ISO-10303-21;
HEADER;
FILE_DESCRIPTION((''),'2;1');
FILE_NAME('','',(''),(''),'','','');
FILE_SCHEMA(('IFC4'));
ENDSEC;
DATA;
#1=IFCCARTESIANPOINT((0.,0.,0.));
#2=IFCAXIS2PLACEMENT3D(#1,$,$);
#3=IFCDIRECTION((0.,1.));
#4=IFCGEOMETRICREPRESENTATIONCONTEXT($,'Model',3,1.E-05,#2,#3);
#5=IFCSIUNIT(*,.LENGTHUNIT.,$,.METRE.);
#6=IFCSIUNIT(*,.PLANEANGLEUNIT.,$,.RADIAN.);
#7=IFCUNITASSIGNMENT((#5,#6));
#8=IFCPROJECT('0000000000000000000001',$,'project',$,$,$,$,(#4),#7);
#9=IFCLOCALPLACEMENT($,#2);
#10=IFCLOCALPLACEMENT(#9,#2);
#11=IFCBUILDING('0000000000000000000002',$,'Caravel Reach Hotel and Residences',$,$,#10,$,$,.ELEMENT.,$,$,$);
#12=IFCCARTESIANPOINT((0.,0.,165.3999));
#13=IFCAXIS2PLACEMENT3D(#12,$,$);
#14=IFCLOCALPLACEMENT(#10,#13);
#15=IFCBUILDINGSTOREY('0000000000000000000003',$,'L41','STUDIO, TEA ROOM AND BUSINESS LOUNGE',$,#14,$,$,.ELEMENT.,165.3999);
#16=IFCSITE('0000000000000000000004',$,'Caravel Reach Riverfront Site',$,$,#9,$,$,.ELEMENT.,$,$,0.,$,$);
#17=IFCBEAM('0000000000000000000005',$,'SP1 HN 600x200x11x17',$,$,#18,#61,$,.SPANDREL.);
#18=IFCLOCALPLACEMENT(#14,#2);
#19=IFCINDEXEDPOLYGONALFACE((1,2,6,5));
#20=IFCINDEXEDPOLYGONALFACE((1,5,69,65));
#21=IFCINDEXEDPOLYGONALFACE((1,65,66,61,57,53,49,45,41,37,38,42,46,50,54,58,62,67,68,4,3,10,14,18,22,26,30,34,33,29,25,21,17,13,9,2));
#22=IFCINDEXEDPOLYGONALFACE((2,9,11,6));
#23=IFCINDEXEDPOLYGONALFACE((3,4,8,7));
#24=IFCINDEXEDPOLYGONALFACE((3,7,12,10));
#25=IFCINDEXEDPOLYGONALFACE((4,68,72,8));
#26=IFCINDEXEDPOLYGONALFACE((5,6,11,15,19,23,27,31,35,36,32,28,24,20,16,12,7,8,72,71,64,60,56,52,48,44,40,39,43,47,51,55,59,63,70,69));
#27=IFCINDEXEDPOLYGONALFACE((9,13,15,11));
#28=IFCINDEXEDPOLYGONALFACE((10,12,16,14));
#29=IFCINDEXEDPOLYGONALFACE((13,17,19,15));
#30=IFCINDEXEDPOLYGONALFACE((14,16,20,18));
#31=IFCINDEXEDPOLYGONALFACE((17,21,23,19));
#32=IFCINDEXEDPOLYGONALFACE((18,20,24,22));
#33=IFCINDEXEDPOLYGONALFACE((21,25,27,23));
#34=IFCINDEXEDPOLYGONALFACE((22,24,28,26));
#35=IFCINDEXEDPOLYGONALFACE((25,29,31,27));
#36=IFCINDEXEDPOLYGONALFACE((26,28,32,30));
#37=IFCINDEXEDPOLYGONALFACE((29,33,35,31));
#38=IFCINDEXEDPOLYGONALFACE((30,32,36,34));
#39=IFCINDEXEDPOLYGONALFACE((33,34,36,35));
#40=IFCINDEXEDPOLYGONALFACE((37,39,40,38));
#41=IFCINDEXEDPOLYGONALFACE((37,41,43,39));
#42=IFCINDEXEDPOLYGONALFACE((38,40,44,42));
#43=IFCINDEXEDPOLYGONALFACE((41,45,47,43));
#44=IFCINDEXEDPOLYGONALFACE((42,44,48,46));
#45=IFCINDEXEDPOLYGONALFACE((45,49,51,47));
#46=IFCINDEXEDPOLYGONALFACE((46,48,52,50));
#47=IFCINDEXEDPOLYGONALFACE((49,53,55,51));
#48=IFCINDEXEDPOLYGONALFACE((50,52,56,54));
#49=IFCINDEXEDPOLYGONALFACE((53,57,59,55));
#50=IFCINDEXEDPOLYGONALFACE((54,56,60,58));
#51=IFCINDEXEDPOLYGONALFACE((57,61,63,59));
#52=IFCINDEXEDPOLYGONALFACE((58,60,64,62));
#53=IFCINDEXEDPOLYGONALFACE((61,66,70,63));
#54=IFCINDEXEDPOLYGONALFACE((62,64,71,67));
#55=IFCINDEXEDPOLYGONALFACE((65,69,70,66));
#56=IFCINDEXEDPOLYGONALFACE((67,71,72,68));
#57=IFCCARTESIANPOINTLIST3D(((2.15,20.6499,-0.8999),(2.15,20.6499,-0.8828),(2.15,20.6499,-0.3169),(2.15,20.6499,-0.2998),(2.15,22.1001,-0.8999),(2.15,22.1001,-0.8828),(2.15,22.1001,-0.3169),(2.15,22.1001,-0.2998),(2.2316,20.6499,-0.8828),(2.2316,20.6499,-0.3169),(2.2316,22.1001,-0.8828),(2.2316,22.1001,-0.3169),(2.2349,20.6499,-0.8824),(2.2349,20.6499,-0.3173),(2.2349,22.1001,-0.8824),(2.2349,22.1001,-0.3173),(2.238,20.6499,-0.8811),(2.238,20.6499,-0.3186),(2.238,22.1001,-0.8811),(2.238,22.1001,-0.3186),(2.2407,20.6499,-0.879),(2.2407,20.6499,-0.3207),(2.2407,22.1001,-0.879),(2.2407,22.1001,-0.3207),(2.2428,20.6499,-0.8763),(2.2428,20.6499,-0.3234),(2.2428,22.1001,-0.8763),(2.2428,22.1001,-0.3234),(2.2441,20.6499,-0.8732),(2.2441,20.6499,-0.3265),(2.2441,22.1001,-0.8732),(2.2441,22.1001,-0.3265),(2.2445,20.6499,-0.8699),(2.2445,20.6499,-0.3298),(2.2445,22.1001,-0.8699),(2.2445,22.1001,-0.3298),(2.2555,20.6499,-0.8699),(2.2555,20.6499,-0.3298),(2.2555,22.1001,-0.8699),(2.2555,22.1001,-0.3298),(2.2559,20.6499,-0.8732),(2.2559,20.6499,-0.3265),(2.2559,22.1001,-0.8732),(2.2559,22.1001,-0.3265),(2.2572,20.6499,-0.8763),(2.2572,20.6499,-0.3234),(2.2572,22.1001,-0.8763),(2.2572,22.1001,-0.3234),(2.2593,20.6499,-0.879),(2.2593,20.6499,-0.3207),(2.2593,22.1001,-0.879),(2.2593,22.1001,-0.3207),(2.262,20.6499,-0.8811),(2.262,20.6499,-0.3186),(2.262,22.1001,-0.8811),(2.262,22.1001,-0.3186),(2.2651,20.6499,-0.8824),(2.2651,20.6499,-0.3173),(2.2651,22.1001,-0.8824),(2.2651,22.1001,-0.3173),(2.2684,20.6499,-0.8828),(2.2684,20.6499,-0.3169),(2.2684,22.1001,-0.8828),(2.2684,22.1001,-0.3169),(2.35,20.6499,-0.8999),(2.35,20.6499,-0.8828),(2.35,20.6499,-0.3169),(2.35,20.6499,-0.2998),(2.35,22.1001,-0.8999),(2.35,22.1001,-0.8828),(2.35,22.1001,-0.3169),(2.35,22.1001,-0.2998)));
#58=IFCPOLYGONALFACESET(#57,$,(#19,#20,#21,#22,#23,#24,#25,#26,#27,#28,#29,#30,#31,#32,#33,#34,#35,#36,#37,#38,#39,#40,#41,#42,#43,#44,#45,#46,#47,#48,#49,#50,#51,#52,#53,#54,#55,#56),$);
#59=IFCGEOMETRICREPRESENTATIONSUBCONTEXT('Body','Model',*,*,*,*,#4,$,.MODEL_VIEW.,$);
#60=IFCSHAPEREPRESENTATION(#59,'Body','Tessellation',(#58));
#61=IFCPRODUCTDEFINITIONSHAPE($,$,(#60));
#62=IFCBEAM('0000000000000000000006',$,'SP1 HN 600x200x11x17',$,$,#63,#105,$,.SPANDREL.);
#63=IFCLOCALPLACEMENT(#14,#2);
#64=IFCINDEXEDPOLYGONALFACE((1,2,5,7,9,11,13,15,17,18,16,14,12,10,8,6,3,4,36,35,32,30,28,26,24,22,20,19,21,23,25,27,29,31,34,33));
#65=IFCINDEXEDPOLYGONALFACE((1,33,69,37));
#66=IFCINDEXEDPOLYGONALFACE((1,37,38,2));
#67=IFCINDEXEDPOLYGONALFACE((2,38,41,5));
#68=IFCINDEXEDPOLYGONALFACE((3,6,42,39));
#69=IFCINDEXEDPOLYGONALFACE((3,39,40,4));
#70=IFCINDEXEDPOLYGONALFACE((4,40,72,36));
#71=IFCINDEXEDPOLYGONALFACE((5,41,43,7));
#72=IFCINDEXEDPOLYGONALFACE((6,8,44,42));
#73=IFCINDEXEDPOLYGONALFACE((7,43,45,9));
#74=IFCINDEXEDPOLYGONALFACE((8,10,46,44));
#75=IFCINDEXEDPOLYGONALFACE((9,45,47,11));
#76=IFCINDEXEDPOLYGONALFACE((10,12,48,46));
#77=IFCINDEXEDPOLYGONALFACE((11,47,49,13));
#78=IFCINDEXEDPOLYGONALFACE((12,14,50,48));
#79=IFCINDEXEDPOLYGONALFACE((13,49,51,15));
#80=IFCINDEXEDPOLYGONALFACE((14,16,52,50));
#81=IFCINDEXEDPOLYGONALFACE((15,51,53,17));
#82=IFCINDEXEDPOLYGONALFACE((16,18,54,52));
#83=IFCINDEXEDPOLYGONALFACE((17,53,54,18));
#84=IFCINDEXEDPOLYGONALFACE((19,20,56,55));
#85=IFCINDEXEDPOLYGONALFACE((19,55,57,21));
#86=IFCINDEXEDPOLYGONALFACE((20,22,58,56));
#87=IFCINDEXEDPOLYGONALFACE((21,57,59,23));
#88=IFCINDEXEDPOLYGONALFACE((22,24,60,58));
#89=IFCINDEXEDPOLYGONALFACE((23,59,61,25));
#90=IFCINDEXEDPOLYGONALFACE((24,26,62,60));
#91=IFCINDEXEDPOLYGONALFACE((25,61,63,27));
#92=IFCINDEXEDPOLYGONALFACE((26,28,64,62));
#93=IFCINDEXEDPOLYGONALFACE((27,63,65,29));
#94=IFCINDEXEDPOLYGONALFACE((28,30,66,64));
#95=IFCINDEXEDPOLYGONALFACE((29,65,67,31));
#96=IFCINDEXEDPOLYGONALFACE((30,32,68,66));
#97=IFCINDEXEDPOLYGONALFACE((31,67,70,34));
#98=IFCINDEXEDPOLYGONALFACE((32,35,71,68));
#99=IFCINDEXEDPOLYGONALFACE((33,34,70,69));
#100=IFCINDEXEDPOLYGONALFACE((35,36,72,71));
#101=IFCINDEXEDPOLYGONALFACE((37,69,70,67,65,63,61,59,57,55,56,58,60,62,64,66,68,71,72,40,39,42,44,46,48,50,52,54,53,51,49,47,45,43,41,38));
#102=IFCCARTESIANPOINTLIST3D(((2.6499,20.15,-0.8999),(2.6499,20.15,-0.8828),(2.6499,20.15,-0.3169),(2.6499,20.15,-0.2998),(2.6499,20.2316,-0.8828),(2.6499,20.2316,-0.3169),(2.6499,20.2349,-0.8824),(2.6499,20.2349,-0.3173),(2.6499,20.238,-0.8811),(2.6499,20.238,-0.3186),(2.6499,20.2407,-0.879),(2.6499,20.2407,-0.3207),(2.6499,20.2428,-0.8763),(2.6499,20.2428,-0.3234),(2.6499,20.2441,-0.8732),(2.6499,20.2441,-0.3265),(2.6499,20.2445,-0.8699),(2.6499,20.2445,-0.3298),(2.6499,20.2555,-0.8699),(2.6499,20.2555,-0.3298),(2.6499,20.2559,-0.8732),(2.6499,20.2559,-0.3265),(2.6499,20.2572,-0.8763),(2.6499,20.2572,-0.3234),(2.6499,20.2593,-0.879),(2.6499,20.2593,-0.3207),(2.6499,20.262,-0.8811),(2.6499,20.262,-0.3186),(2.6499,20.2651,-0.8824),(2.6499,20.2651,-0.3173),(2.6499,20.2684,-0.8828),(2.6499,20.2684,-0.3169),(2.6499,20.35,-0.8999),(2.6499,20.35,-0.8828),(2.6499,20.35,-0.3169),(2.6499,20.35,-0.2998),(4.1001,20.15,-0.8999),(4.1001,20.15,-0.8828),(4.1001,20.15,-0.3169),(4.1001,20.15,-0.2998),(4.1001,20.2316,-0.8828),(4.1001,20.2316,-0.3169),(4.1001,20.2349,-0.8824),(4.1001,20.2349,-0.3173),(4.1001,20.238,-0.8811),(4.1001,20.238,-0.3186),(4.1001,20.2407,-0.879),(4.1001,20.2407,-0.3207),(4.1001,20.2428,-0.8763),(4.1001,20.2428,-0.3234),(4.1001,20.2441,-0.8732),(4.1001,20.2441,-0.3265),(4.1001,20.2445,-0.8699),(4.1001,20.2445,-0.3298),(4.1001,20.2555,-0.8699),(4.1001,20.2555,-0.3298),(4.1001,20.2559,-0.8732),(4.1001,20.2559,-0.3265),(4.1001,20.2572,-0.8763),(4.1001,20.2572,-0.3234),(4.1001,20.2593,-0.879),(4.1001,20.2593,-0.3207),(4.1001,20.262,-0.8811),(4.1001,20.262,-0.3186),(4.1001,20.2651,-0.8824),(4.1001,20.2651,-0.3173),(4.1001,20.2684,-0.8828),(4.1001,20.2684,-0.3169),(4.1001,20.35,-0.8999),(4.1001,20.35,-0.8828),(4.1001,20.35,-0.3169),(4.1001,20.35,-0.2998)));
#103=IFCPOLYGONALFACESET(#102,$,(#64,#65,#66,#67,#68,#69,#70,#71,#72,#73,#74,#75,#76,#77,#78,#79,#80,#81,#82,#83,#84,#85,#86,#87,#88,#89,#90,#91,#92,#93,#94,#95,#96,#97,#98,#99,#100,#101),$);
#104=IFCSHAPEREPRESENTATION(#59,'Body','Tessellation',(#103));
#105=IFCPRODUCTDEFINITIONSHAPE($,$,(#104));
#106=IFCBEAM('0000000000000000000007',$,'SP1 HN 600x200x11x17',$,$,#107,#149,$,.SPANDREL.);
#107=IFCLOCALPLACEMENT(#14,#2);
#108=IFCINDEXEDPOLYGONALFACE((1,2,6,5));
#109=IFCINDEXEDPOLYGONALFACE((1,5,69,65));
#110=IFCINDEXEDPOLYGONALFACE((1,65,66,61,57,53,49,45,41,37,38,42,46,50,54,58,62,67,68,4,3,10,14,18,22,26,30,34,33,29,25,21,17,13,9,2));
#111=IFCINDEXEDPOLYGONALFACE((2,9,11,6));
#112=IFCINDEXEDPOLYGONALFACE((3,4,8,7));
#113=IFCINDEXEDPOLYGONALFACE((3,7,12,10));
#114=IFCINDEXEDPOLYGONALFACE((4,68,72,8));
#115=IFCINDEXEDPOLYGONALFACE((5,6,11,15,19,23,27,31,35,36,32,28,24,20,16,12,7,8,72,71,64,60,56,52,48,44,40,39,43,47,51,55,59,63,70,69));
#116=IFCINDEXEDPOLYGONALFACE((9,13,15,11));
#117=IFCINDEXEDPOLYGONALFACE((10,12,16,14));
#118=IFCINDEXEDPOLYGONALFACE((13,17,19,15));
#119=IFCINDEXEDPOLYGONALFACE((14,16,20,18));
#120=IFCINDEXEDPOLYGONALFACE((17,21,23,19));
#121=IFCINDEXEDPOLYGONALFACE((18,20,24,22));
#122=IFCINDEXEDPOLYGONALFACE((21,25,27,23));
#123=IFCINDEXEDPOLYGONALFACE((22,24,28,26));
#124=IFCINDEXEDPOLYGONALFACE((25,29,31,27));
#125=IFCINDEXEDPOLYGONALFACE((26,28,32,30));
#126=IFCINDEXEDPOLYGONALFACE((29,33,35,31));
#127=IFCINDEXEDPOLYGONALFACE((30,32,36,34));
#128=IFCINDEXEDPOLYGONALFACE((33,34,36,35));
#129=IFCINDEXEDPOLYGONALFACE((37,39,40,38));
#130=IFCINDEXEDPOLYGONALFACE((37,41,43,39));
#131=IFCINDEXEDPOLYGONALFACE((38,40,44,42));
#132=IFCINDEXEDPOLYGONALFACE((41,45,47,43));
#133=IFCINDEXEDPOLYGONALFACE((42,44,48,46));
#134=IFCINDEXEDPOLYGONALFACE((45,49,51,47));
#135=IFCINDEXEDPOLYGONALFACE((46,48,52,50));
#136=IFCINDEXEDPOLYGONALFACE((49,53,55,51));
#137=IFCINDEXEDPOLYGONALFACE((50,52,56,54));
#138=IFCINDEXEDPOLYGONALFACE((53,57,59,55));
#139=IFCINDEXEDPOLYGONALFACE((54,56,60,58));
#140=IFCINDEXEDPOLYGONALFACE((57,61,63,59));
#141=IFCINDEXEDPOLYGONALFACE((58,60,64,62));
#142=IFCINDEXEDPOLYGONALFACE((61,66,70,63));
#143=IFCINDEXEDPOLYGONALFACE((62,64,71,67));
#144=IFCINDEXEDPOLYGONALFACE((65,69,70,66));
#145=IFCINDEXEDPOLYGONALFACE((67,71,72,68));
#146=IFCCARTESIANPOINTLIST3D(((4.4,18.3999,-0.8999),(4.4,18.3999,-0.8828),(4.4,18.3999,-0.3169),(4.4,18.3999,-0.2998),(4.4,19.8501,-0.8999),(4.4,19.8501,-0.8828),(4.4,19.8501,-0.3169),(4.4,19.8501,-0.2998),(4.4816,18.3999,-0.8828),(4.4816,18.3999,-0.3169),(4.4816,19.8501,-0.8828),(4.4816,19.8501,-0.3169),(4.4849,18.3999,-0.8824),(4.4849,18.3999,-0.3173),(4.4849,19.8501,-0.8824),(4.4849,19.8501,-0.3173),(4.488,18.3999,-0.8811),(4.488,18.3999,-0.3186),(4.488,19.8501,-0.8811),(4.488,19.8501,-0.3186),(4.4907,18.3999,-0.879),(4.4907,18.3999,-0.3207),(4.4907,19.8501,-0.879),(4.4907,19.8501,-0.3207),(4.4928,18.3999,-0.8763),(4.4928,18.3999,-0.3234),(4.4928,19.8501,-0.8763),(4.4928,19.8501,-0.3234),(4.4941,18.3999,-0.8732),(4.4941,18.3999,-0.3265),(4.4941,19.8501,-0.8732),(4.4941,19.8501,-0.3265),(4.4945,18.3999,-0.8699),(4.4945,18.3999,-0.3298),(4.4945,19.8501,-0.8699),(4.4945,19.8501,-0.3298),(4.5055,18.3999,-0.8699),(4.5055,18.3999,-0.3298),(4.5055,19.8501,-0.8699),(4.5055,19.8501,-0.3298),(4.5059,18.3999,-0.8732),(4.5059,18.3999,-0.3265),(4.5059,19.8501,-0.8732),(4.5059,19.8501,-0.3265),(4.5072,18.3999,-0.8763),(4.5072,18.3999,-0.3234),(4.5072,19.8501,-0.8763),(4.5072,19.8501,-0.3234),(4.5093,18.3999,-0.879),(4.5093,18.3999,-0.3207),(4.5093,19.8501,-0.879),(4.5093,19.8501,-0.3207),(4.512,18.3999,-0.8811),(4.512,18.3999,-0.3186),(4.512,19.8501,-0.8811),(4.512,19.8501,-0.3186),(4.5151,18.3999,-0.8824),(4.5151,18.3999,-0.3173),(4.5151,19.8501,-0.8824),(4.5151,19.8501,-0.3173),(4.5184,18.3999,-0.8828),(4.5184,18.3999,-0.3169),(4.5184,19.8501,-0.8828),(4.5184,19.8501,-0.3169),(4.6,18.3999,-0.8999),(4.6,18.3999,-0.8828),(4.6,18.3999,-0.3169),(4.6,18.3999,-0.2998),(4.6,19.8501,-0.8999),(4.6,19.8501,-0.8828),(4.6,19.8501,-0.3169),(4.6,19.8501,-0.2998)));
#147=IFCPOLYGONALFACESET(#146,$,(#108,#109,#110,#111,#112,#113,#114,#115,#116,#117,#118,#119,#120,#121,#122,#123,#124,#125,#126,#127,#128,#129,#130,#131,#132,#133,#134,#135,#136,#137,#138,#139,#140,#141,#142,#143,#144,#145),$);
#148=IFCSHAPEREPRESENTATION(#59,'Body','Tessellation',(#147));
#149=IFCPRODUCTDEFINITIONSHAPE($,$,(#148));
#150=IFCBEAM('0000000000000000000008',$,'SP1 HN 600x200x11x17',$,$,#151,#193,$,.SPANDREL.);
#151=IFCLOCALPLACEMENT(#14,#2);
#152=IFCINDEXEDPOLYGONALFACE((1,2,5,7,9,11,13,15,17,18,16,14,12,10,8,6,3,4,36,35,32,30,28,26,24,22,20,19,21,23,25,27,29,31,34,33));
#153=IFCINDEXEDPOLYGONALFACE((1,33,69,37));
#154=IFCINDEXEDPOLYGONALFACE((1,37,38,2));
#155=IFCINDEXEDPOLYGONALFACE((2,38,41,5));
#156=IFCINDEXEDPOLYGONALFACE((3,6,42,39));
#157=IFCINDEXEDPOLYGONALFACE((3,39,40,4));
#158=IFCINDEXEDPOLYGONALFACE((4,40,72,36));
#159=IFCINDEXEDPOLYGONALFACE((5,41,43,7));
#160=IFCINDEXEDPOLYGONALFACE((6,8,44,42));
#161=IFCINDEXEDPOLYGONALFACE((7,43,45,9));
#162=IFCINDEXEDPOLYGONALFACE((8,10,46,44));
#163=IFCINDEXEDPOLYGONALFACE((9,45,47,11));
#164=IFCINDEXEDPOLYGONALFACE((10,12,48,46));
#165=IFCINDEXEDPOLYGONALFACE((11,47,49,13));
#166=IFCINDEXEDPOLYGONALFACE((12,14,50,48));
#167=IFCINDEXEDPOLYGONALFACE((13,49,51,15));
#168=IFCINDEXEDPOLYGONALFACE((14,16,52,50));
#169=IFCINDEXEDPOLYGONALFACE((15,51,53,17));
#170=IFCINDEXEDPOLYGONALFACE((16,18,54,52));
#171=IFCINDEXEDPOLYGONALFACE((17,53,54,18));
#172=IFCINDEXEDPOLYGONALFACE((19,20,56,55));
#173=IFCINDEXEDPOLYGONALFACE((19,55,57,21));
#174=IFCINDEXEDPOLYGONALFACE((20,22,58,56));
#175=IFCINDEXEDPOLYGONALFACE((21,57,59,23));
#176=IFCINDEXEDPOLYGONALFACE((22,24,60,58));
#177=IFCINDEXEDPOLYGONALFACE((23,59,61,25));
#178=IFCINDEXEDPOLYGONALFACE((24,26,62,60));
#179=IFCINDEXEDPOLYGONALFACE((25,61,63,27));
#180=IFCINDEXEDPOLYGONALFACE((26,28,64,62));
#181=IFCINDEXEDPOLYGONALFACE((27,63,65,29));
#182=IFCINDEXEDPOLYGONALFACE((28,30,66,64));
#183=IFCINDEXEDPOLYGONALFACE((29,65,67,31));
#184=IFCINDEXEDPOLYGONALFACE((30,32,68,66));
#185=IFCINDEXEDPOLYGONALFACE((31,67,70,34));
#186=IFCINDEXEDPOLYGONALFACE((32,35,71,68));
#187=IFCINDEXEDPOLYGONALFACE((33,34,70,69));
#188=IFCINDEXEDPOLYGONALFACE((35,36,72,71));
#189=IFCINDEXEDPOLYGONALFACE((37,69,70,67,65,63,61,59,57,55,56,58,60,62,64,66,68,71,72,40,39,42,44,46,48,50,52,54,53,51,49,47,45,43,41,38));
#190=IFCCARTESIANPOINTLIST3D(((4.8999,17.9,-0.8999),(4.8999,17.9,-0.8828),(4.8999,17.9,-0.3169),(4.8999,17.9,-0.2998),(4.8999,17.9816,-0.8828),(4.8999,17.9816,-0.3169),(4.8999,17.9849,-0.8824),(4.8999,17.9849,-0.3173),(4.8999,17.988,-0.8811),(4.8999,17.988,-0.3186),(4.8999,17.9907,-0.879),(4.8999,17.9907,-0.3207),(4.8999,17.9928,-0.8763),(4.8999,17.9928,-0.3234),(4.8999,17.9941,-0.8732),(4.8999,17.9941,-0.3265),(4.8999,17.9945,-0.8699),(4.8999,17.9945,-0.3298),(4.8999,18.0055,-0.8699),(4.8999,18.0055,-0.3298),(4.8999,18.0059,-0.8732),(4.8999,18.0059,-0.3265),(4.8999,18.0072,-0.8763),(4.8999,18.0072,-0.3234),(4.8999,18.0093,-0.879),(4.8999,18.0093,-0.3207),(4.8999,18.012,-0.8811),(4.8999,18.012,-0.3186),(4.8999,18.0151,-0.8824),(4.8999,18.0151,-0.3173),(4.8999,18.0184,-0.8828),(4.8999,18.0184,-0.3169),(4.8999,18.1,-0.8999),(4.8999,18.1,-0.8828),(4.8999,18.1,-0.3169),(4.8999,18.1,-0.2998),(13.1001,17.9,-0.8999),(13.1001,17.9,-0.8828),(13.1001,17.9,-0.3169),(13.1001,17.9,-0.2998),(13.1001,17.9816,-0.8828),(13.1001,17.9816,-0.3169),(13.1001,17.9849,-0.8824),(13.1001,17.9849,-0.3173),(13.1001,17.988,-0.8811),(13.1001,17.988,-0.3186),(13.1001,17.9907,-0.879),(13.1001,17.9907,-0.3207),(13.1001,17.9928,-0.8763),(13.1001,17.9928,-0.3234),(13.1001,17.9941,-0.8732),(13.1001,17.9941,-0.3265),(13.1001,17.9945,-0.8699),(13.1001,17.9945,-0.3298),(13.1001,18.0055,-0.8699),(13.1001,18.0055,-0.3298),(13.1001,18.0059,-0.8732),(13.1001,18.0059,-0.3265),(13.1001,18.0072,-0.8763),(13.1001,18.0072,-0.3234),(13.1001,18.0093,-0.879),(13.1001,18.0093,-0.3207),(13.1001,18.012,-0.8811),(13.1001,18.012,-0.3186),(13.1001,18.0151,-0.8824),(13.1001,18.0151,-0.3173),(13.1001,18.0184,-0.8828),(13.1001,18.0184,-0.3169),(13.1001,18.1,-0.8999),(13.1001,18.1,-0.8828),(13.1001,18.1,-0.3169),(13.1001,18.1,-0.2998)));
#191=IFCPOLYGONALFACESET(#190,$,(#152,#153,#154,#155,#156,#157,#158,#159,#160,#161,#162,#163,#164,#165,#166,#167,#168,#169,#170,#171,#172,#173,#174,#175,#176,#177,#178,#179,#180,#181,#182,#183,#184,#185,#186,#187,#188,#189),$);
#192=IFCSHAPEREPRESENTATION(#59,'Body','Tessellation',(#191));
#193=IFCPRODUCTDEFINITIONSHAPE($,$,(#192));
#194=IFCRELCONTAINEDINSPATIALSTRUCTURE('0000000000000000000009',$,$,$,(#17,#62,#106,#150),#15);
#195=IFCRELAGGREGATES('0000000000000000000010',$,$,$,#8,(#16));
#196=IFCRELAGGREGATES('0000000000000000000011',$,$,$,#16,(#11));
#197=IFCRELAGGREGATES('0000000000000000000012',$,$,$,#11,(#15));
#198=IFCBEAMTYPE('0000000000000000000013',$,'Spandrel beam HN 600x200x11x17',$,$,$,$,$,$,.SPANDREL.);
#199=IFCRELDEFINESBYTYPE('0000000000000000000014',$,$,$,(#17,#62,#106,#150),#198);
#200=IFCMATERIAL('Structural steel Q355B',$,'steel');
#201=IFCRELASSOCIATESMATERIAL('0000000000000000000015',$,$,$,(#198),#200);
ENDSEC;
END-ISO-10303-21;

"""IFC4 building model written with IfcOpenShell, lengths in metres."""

from ifc_helpers import new_model, si_unit, direction, frame, origin, origin_2d, place, context, subcontext, project, spatial, i_section, extrude, material, material_profile, profile_set, type_object, element, save


model = new_model("IFC4")

# Units and contexts
model_context = context("Model", 3, precision=1e-05, world=origin(), true_north=direction((0.0, 1.0)))
body_context = subcontext(model_context, "Body", "Model", "MODEL_VIEW")
ifc_project = project(units=[si_unit("LENGTHUNIT", "METRE"), si_unit("PLANEANGLEUNIT", "RADIAN")], contexts=[model_context])

# Site, building, storey
site_placement = place(None, origin())
site = spatial("IfcSite", under=ifc_project, at=site_placement, Name="Caravel Reach Riverfront Site", CompositionType="ELEMENT", RefElevation=0.0)
building_placement = place(site_placement, origin())
building = spatial("IfcBuilding", under=site, at=building_placement, Name="Caravel Reach Hotel and Residences", CompositionType="ELEMENT")
storey_placement = place(building_placement, frame((0.0, 0.0, 165.3999)))
storey = spatial("IfcBuildingStorey", under=building, at=storey_placement, Name="L41", Description="STUDIO, TEA ROOM AND BUSINESS LOUNGE", CompositionType="ELEMENT", Elevation=165.3999)

# Beams
ifc_material_1 = material(Name="Structural steel Q355B", Category="steel")
ifc_material_profile_1 = material_profile(ifc_material_1, i_section(OverallWidth=0.2, OverallDepth=0.6001, WebThickness=0.011, FlangeThickness=0.0171, FilletRadius=0.0129, at=origin_2d()), Name="HN 600x200x11x17")
ifc_profile_set_1 = profile_set([ifc_material_profile_1], Name="Structural steel Q355B")
beam_type_1 = type_object("IfcBeamType", Name="Spandrel beam HN 600x200x11x17", PredefinedType="SPANDREL", material=ifc_profile_set_1)
for number, where, z_axis, x_axis, name in (
    (1, (2.25, 22.1001, -0.5999), (0.0, -1.0, 0.0), (1.0, 0.0, 0.0), "SP1 HN 600x200x11x17"),
    (2, (2.6499, 20.25, -0.5999), (1.0, 0.0, 0.0), (0.0, 1.0, 0.0), "SP1 HN 600x200x11x17"),
    (3, (4.5, 19.8501, -0.5999), (0.0, -1.0, 0.0), (1.0, 0.0, 0.0), "SP1 HN 600x200x11x17"),
):
    element("IfcBeam", number, at=place(storey_placement, frame(where, z_axis=z_axis, x_axis=x_axis)), inside=storey, type_object=beam_type_1, Name=name, PredefinedType="SPANDREL", context=body_context, shape_type="SweptSolid", body=[
        extrude(i_section(OverallWidth=0.2, OverallDepth=0.6001, WebThickness=0.011, FlangeThickness=0.0171, FilletRadius=0.0129, at=origin_2d()), origin(), (0.0, 0.0, 1.0), 1.4502),
    ])
beam_1_placement = place(storey_placement, frame((4.8999, 18.0, -0.5999), z_axis=(1.0, 0.0, 0.0), x_axis=(0.0, 1.0, 0.0)))
element("IfcBeam", 4, at=beam_1_placement, inside=storey, type_object=beam_type_1, Name="SP1 HN 600x200x11x17", PredefinedType="SPANDREL", context=body_context, shape_type="SweptSolid", body=[
    extrude(i_section(OverallWidth=0.2, OverallDepth=0.6001, WebThickness=0.011, FlangeThickness=0.0171, FilletRadius=0.0129, at=origin_2d()), origin(), (0.0, 0.0, 1.0), 8.2002),
])

save(model, "model.ifc")
